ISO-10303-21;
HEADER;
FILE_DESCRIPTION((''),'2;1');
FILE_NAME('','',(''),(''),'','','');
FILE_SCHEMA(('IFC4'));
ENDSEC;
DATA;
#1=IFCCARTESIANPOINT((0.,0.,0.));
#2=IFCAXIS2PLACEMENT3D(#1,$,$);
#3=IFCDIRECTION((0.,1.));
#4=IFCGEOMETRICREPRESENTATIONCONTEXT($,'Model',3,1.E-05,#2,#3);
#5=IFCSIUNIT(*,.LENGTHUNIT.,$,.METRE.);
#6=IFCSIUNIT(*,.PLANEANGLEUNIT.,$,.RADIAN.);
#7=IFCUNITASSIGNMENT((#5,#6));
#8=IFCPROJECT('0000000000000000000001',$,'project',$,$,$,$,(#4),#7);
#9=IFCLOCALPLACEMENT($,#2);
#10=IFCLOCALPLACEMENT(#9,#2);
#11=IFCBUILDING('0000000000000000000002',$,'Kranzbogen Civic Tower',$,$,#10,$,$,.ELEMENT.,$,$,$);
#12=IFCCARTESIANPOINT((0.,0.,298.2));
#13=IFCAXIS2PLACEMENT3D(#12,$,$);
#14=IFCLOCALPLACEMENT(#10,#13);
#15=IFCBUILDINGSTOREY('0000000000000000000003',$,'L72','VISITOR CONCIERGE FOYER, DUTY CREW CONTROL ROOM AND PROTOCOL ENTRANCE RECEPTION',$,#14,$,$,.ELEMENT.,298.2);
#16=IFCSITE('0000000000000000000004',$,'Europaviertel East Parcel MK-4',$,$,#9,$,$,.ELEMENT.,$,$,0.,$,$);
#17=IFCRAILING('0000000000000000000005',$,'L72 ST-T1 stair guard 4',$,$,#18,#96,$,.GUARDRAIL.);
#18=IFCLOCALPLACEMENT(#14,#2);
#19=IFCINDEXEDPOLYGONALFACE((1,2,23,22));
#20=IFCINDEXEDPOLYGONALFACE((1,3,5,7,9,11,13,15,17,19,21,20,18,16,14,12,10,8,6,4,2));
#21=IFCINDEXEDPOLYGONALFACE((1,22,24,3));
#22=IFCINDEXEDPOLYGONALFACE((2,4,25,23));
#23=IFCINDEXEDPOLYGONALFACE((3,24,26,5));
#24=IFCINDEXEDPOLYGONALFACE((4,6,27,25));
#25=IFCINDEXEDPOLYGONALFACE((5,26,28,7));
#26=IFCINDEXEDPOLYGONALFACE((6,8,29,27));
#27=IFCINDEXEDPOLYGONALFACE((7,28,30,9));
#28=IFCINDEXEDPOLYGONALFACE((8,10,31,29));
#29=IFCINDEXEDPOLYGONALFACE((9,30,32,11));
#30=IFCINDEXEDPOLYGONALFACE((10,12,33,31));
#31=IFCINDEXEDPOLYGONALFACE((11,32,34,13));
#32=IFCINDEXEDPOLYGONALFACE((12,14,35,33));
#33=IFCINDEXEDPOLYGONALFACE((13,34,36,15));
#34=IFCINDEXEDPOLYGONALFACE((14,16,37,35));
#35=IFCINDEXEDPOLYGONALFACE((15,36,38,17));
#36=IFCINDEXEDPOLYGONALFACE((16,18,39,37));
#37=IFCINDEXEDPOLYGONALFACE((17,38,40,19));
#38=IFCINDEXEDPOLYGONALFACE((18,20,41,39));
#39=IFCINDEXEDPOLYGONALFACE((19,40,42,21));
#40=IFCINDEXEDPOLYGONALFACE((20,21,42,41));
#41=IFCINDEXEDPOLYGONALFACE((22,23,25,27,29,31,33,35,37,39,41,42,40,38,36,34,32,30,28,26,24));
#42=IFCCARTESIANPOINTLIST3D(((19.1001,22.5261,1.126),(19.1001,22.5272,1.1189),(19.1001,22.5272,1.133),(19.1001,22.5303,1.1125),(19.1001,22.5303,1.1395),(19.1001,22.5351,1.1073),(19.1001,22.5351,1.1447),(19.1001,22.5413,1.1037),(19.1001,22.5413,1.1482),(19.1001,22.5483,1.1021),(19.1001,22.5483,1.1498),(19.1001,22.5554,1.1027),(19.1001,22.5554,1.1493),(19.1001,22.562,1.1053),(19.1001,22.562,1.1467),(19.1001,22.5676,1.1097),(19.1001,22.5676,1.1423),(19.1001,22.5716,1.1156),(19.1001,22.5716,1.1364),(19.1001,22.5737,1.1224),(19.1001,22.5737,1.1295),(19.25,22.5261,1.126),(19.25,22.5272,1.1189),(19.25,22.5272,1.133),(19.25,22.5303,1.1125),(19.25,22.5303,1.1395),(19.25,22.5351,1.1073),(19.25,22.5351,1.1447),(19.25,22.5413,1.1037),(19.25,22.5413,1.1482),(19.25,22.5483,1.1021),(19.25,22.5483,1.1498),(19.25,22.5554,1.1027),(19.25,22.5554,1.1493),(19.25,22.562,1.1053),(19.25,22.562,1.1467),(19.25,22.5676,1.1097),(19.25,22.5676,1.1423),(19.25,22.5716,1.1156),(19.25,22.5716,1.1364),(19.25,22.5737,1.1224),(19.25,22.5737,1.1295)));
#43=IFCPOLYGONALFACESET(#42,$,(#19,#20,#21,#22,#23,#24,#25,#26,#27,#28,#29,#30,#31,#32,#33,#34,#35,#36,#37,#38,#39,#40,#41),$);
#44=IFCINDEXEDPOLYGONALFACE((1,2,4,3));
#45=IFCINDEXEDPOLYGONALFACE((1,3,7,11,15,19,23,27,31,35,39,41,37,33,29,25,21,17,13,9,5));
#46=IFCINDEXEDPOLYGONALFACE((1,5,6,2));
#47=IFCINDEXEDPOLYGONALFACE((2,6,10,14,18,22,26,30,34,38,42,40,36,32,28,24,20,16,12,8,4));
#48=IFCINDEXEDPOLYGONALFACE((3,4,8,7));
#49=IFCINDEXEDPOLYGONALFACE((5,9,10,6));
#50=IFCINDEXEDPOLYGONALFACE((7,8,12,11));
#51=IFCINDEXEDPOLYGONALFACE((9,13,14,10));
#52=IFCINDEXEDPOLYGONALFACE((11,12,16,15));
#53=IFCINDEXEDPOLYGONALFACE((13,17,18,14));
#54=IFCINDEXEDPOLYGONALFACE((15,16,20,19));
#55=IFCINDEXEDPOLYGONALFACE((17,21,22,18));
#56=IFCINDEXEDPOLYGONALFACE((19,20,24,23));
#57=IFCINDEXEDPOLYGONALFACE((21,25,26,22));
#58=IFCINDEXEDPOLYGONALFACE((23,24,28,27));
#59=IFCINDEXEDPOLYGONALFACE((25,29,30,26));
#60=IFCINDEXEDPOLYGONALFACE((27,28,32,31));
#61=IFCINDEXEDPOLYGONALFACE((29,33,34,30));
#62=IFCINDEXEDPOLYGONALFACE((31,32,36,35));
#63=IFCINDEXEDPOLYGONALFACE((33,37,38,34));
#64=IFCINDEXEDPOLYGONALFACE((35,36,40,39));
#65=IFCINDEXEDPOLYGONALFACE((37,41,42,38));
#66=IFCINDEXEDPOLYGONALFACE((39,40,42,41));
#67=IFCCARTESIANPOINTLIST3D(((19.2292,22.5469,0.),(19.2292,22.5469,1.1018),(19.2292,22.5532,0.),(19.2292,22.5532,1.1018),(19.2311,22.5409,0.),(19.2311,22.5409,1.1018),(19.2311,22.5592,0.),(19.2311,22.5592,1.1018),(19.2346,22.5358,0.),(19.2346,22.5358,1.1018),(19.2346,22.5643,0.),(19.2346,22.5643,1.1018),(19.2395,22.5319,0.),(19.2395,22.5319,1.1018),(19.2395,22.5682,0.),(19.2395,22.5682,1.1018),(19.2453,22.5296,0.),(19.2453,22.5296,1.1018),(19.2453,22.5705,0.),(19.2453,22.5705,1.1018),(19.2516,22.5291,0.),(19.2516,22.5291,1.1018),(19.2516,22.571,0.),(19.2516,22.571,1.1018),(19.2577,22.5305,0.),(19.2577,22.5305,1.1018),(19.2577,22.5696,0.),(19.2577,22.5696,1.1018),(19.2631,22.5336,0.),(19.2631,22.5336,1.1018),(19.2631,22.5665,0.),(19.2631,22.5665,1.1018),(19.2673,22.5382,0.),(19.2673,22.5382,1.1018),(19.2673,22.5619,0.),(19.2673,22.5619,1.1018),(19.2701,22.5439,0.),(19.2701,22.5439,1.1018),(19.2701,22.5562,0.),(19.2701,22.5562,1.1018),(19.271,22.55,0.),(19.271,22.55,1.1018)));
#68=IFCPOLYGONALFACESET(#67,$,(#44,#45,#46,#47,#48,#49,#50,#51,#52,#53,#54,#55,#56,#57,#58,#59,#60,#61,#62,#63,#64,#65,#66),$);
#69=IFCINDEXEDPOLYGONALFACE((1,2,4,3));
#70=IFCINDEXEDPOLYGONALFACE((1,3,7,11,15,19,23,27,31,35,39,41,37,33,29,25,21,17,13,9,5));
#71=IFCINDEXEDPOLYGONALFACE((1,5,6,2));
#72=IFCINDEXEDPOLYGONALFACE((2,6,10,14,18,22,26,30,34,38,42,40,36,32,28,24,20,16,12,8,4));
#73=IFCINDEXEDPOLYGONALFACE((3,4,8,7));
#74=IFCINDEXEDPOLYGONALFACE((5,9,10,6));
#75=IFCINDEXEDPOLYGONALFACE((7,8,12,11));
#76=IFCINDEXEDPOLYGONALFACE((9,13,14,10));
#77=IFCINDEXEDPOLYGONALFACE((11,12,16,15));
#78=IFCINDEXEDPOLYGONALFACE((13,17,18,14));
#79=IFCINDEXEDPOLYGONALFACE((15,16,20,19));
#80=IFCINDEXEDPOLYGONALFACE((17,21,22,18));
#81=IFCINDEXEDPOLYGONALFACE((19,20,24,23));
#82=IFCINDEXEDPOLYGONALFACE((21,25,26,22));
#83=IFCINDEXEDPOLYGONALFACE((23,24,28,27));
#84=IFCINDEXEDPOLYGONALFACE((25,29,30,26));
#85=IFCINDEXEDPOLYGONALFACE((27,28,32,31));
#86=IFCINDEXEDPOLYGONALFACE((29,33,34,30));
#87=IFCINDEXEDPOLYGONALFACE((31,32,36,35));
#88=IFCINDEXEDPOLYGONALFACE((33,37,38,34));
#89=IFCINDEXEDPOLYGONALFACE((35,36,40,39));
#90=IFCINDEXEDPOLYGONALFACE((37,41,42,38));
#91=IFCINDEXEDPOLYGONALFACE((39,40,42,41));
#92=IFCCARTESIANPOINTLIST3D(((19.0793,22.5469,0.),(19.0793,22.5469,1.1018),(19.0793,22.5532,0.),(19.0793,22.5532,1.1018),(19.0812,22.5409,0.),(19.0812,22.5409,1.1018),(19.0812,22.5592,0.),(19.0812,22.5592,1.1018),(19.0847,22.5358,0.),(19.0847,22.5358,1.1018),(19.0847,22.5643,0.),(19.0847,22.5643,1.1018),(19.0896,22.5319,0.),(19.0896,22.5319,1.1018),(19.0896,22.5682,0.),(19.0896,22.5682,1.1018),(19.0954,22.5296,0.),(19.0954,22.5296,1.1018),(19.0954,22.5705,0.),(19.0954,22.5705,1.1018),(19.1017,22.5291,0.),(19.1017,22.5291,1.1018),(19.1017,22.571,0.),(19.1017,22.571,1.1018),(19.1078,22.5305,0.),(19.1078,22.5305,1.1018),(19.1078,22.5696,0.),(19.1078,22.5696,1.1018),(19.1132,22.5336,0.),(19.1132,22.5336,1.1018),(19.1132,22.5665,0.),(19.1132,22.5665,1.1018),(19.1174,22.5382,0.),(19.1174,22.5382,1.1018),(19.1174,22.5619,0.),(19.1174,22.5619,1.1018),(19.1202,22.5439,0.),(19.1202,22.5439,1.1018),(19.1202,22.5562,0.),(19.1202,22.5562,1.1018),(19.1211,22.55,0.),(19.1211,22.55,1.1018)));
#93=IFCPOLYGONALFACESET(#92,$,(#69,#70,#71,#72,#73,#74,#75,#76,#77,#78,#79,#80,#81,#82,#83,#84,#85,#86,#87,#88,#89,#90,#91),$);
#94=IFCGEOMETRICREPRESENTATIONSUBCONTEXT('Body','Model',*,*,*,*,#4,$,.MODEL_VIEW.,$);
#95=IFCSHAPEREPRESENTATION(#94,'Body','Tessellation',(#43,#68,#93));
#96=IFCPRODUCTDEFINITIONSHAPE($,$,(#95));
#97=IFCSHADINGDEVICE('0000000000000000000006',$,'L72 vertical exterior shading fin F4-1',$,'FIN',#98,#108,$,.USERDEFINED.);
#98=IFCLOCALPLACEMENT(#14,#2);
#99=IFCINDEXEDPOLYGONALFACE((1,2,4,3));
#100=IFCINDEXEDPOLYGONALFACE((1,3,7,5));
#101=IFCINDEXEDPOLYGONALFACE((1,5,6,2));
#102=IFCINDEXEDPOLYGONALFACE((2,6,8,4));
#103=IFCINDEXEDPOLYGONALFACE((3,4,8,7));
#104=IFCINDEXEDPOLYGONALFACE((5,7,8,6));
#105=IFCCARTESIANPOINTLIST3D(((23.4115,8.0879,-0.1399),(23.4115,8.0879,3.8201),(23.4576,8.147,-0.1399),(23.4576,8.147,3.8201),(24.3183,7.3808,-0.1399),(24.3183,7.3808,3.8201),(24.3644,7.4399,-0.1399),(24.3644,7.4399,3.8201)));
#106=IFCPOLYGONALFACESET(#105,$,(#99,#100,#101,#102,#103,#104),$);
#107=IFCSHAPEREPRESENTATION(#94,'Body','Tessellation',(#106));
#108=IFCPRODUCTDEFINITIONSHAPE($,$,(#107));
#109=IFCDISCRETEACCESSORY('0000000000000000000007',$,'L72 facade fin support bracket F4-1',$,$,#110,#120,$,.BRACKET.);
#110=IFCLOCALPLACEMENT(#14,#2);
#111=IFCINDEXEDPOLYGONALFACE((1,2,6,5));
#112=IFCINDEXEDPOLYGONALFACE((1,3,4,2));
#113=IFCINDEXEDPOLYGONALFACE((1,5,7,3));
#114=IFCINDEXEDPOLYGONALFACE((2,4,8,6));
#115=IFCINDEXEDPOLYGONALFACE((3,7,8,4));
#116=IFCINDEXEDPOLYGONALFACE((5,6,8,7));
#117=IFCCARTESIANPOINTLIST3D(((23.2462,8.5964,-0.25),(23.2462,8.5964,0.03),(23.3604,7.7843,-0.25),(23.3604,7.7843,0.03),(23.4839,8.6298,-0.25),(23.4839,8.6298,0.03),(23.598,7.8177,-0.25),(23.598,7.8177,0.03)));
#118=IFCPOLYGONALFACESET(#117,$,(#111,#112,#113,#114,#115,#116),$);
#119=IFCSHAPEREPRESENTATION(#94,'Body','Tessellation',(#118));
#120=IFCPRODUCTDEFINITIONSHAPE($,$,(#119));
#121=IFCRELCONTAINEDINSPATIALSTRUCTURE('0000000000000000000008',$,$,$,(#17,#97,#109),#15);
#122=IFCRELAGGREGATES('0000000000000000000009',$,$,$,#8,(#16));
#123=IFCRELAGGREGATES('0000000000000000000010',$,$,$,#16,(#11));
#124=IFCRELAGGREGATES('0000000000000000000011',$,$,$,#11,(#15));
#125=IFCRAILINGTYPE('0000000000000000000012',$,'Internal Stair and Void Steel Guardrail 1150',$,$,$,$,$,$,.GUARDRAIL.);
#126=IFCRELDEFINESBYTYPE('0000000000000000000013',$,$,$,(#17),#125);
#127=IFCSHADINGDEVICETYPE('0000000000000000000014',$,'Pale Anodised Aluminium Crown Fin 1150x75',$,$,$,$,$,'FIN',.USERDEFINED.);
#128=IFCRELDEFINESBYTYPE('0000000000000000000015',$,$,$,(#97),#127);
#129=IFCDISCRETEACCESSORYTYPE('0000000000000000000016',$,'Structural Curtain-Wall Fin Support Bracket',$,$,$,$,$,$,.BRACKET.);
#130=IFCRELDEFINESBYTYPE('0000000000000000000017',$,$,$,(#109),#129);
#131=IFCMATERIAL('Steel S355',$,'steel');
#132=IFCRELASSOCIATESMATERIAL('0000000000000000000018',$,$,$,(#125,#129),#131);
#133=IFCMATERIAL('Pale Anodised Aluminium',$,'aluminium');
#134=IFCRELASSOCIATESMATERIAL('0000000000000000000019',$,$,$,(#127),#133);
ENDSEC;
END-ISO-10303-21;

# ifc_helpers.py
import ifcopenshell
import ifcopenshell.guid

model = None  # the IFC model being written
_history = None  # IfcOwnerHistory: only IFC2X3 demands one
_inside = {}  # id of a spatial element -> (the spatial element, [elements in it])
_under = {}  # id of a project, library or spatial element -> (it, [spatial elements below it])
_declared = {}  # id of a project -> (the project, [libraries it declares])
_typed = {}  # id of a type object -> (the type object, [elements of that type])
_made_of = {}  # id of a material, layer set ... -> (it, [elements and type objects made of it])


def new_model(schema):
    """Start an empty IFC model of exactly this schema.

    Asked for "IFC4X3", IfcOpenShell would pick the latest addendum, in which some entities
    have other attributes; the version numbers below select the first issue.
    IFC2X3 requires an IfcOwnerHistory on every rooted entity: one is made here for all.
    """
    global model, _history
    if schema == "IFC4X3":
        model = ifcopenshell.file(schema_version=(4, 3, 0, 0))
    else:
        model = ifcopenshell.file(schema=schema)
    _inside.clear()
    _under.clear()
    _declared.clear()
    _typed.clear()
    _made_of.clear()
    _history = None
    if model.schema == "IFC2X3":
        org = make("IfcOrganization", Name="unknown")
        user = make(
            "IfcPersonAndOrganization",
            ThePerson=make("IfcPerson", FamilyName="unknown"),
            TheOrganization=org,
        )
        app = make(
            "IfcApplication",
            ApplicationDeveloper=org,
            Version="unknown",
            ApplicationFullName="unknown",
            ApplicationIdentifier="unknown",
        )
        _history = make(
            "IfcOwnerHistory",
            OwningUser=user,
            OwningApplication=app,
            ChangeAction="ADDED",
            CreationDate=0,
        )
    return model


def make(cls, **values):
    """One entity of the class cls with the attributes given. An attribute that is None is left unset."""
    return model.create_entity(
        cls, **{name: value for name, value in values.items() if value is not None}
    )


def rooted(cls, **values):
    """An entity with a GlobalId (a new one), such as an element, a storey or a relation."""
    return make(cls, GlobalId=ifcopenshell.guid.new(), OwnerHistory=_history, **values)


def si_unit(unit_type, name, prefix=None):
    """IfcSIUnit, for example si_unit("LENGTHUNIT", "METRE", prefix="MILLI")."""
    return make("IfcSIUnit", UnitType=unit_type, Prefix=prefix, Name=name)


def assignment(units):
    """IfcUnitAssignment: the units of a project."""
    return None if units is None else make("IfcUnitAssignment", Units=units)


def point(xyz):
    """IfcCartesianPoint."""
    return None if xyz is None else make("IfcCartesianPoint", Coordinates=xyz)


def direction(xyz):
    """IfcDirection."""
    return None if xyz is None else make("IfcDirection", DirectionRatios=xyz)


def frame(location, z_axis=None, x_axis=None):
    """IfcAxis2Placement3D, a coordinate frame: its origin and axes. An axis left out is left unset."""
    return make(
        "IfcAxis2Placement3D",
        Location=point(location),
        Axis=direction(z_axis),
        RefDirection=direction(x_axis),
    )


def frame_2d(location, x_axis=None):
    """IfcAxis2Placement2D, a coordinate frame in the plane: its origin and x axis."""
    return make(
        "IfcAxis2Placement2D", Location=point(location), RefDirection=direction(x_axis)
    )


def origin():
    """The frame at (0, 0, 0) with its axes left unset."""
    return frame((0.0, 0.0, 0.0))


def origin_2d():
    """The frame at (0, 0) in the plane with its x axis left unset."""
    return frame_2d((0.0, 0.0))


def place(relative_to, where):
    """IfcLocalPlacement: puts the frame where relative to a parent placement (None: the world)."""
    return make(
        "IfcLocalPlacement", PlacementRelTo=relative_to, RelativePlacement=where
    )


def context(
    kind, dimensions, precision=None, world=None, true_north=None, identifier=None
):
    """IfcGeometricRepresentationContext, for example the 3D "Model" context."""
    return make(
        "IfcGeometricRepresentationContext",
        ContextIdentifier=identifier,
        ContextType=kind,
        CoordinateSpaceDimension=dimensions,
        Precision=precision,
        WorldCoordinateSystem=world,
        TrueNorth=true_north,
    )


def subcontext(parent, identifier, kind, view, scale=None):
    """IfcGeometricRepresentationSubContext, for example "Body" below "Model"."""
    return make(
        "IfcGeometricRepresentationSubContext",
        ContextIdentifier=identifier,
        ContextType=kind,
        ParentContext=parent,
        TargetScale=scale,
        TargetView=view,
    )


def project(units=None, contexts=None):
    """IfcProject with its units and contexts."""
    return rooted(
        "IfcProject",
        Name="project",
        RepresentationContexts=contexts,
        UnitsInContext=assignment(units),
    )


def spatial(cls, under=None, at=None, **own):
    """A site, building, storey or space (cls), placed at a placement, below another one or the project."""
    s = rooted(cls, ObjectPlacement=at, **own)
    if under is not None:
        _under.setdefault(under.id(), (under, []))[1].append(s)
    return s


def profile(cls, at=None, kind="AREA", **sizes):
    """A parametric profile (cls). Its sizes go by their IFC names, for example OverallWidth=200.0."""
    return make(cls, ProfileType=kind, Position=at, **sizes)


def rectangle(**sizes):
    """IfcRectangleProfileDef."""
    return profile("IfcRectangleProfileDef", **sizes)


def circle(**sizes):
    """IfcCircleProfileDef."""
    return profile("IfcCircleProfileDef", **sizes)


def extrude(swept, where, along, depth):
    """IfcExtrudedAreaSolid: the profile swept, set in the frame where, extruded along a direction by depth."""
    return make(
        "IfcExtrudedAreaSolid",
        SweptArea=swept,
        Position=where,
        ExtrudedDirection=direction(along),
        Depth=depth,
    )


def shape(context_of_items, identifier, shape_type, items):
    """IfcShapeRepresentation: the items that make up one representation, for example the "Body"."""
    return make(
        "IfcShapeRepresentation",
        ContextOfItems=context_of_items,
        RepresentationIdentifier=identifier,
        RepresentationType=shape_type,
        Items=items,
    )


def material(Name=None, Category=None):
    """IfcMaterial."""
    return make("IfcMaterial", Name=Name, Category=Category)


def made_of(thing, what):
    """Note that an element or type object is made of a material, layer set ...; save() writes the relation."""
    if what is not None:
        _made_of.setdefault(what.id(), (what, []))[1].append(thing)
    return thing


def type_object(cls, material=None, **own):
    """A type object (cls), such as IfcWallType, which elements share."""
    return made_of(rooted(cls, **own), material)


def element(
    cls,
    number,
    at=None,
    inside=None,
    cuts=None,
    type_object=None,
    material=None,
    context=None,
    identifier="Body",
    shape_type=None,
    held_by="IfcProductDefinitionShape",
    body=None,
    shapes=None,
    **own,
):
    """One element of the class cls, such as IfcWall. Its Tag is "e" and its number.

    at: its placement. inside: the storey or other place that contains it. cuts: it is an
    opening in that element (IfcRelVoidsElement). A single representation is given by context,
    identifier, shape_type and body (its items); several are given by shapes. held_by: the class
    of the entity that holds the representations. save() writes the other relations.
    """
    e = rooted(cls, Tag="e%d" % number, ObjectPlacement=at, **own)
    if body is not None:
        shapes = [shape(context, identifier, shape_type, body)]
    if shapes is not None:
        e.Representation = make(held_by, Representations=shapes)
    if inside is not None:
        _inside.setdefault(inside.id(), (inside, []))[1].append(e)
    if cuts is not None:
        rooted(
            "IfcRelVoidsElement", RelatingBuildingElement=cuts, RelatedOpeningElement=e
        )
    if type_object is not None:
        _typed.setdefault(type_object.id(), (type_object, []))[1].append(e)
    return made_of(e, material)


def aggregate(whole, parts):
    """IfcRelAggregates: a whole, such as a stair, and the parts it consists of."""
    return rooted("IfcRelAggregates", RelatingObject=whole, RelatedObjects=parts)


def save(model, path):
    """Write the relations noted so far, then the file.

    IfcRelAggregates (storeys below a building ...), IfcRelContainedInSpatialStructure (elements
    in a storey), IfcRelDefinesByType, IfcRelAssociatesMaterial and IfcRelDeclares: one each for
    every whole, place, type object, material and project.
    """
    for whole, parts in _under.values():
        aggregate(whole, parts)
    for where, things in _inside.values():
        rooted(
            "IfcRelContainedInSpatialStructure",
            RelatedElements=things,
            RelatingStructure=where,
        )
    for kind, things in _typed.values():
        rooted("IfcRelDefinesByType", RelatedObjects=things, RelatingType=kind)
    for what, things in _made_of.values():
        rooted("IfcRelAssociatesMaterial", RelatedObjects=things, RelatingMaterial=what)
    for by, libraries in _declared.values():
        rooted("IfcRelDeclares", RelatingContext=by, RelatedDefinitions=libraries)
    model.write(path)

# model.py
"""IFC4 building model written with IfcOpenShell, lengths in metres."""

from ifc_helpers import new_model, si_unit, direction, frame, origin, origin_2d, place, context, subcontext, project, spatial, rectangle, circle, extrude, material, type_object, element, save


model = new_model("IFC4")

# Units and contexts
model_context = context("Model", 3, precision=1e-05, world=origin(), true_north=direction((0.0, 1.0)))
body_context = subcontext(model_context, "Body", "Model", "MODEL_VIEW")
ifc_project = project(units=[si_unit("LENGTHUNIT", "METRE"), si_unit("PLANEANGLEUNIT", "RADIAN")], contexts=[model_context])

# Site, building, storey
site_placement = place(None, origin())
site = spatial("IfcSite", under=ifc_project, at=site_placement, Name="Europaviertel East Parcel MK-4", CompositionType="ELEMENT", RefElevation=0.0)
building_placement = place(site_placement, origin())
building = spatial("IfcBuilding", under=site, at=building_placement, Name="Kranzbogen Civic Tower", CompositionType="ELEMENT")
storey_placement = place(building_placement, frame((0.0, 0.0, 298.2)))
storey = spatial("IfcBuildingStorey", under=building, at=storey_placement, Name="L72", Description="VISITOR CONCIERGE FOYER, DUTY CREW CONTROL ROOM AND PROTOCOL ENTRANCE RECEPTION", CompositionType="ELEMENT", Elevation=298.2)

# Shared definitions
ifc_material_1 = material(Name="Steel S355", Category="steel")

# Shared definitions
ifc_material_2 = material(Name="Pale Anodised Aluminium", Category="aluminium")

# Railing
railing_type = type_object("IfcRailingType", Name="Internal Stair and Void Steel Guardrail 1150", PredefinedType="GUARDRAIL", material=ifc_material_1)
railing_1_placement = place(storey_placement, frame((19.25, 22.55, 0.0)))
element("IfcRailing", 1, at=railing_1_placement, inside=storey, type_object=railing_type, Name="L72 ST-T1 stair guard 4", PredefinedType="GUARDRAIL", context=body_context, shape_type="SweptSolid", body=[
    extrude(circle(Radius=0.0239, at=origin_2d()), frame((0.0, 0.0, 1.126), z_axis=(-1.0, 0.0, 0.0), x_axis=(0.0, -1.0, 0.0)), (0.0, 0.0, 1.0), 0.1499),
    extrude(circle(Radius=0.021, at=origin_2d()), origin(), (0.0, 0.0, 1.0), 1.1018),
    extrude(circle(Radius=0.021, at=origin_2d()), frame((-0.1499, 0.0, 0.0)), (0.0, 0.0, 1.0), 1.1018),
])

# Shading device
shading_device_type = type_object("IfcShadingDeviceType", Name="Pale Anodised Aluminium Crown Fin 1150x75", ElementType="FIN", PredefinedType="USERDEFINED", material=ifc_material_2)
shading_device_placement = place(storey_placement, frame((23.8879, 7.7639, -0.1399), z_axis=(0.0, 0.0, 1.0), x_axis=(0.788601, -0.614905, 0.0)))
element("IfcShadingDevice", 2, at=shading_device_placement, inside=storey, type_object=shading_device_type, Name="L72 vertical exterior shading fin F4-1", ObjectType="FIN", PredefinedType="USERDEFINED", context=body_context, shape_type="SweptSolid", body=[
    extrude(rectangle(XDim=1.1499, YDim=0.075, at=origin_2d()), origin(), (0.0, 0.0, 1.0), 3.96),
])

# Discrete accessory
discrete_accessory_type = type_object("IfcDiscreteAccessoryType", Name="Structural Curtain-Wall Fin Support Bracket", PredefinedType="BRACKET", material=ifc_material_1)
discrete_accessory_placement = place(storey_placement, frame((23.4221, 8.207, -0.25), z_axis=(0.0, 0.0, 1.0), x_axis=(0.139173, -0.990268, 0.0)))
element("IfcDiscreteAccessory", 3, at=discrete_accessory_placement, inside=storey, type_object=discrete_accessory_type, Name="L72 facade fin support bracket F4-1", PredefinedType="BRACKET", context=body_context, shape_type="SweptSolid", body=[
    extrude(rectangle(XDim=0.8201, YDim=0.24, at=origin_2d()), origin(), (0.0, 0.0, 1.0), 0.28),
])

save(model, "model.ifc")
